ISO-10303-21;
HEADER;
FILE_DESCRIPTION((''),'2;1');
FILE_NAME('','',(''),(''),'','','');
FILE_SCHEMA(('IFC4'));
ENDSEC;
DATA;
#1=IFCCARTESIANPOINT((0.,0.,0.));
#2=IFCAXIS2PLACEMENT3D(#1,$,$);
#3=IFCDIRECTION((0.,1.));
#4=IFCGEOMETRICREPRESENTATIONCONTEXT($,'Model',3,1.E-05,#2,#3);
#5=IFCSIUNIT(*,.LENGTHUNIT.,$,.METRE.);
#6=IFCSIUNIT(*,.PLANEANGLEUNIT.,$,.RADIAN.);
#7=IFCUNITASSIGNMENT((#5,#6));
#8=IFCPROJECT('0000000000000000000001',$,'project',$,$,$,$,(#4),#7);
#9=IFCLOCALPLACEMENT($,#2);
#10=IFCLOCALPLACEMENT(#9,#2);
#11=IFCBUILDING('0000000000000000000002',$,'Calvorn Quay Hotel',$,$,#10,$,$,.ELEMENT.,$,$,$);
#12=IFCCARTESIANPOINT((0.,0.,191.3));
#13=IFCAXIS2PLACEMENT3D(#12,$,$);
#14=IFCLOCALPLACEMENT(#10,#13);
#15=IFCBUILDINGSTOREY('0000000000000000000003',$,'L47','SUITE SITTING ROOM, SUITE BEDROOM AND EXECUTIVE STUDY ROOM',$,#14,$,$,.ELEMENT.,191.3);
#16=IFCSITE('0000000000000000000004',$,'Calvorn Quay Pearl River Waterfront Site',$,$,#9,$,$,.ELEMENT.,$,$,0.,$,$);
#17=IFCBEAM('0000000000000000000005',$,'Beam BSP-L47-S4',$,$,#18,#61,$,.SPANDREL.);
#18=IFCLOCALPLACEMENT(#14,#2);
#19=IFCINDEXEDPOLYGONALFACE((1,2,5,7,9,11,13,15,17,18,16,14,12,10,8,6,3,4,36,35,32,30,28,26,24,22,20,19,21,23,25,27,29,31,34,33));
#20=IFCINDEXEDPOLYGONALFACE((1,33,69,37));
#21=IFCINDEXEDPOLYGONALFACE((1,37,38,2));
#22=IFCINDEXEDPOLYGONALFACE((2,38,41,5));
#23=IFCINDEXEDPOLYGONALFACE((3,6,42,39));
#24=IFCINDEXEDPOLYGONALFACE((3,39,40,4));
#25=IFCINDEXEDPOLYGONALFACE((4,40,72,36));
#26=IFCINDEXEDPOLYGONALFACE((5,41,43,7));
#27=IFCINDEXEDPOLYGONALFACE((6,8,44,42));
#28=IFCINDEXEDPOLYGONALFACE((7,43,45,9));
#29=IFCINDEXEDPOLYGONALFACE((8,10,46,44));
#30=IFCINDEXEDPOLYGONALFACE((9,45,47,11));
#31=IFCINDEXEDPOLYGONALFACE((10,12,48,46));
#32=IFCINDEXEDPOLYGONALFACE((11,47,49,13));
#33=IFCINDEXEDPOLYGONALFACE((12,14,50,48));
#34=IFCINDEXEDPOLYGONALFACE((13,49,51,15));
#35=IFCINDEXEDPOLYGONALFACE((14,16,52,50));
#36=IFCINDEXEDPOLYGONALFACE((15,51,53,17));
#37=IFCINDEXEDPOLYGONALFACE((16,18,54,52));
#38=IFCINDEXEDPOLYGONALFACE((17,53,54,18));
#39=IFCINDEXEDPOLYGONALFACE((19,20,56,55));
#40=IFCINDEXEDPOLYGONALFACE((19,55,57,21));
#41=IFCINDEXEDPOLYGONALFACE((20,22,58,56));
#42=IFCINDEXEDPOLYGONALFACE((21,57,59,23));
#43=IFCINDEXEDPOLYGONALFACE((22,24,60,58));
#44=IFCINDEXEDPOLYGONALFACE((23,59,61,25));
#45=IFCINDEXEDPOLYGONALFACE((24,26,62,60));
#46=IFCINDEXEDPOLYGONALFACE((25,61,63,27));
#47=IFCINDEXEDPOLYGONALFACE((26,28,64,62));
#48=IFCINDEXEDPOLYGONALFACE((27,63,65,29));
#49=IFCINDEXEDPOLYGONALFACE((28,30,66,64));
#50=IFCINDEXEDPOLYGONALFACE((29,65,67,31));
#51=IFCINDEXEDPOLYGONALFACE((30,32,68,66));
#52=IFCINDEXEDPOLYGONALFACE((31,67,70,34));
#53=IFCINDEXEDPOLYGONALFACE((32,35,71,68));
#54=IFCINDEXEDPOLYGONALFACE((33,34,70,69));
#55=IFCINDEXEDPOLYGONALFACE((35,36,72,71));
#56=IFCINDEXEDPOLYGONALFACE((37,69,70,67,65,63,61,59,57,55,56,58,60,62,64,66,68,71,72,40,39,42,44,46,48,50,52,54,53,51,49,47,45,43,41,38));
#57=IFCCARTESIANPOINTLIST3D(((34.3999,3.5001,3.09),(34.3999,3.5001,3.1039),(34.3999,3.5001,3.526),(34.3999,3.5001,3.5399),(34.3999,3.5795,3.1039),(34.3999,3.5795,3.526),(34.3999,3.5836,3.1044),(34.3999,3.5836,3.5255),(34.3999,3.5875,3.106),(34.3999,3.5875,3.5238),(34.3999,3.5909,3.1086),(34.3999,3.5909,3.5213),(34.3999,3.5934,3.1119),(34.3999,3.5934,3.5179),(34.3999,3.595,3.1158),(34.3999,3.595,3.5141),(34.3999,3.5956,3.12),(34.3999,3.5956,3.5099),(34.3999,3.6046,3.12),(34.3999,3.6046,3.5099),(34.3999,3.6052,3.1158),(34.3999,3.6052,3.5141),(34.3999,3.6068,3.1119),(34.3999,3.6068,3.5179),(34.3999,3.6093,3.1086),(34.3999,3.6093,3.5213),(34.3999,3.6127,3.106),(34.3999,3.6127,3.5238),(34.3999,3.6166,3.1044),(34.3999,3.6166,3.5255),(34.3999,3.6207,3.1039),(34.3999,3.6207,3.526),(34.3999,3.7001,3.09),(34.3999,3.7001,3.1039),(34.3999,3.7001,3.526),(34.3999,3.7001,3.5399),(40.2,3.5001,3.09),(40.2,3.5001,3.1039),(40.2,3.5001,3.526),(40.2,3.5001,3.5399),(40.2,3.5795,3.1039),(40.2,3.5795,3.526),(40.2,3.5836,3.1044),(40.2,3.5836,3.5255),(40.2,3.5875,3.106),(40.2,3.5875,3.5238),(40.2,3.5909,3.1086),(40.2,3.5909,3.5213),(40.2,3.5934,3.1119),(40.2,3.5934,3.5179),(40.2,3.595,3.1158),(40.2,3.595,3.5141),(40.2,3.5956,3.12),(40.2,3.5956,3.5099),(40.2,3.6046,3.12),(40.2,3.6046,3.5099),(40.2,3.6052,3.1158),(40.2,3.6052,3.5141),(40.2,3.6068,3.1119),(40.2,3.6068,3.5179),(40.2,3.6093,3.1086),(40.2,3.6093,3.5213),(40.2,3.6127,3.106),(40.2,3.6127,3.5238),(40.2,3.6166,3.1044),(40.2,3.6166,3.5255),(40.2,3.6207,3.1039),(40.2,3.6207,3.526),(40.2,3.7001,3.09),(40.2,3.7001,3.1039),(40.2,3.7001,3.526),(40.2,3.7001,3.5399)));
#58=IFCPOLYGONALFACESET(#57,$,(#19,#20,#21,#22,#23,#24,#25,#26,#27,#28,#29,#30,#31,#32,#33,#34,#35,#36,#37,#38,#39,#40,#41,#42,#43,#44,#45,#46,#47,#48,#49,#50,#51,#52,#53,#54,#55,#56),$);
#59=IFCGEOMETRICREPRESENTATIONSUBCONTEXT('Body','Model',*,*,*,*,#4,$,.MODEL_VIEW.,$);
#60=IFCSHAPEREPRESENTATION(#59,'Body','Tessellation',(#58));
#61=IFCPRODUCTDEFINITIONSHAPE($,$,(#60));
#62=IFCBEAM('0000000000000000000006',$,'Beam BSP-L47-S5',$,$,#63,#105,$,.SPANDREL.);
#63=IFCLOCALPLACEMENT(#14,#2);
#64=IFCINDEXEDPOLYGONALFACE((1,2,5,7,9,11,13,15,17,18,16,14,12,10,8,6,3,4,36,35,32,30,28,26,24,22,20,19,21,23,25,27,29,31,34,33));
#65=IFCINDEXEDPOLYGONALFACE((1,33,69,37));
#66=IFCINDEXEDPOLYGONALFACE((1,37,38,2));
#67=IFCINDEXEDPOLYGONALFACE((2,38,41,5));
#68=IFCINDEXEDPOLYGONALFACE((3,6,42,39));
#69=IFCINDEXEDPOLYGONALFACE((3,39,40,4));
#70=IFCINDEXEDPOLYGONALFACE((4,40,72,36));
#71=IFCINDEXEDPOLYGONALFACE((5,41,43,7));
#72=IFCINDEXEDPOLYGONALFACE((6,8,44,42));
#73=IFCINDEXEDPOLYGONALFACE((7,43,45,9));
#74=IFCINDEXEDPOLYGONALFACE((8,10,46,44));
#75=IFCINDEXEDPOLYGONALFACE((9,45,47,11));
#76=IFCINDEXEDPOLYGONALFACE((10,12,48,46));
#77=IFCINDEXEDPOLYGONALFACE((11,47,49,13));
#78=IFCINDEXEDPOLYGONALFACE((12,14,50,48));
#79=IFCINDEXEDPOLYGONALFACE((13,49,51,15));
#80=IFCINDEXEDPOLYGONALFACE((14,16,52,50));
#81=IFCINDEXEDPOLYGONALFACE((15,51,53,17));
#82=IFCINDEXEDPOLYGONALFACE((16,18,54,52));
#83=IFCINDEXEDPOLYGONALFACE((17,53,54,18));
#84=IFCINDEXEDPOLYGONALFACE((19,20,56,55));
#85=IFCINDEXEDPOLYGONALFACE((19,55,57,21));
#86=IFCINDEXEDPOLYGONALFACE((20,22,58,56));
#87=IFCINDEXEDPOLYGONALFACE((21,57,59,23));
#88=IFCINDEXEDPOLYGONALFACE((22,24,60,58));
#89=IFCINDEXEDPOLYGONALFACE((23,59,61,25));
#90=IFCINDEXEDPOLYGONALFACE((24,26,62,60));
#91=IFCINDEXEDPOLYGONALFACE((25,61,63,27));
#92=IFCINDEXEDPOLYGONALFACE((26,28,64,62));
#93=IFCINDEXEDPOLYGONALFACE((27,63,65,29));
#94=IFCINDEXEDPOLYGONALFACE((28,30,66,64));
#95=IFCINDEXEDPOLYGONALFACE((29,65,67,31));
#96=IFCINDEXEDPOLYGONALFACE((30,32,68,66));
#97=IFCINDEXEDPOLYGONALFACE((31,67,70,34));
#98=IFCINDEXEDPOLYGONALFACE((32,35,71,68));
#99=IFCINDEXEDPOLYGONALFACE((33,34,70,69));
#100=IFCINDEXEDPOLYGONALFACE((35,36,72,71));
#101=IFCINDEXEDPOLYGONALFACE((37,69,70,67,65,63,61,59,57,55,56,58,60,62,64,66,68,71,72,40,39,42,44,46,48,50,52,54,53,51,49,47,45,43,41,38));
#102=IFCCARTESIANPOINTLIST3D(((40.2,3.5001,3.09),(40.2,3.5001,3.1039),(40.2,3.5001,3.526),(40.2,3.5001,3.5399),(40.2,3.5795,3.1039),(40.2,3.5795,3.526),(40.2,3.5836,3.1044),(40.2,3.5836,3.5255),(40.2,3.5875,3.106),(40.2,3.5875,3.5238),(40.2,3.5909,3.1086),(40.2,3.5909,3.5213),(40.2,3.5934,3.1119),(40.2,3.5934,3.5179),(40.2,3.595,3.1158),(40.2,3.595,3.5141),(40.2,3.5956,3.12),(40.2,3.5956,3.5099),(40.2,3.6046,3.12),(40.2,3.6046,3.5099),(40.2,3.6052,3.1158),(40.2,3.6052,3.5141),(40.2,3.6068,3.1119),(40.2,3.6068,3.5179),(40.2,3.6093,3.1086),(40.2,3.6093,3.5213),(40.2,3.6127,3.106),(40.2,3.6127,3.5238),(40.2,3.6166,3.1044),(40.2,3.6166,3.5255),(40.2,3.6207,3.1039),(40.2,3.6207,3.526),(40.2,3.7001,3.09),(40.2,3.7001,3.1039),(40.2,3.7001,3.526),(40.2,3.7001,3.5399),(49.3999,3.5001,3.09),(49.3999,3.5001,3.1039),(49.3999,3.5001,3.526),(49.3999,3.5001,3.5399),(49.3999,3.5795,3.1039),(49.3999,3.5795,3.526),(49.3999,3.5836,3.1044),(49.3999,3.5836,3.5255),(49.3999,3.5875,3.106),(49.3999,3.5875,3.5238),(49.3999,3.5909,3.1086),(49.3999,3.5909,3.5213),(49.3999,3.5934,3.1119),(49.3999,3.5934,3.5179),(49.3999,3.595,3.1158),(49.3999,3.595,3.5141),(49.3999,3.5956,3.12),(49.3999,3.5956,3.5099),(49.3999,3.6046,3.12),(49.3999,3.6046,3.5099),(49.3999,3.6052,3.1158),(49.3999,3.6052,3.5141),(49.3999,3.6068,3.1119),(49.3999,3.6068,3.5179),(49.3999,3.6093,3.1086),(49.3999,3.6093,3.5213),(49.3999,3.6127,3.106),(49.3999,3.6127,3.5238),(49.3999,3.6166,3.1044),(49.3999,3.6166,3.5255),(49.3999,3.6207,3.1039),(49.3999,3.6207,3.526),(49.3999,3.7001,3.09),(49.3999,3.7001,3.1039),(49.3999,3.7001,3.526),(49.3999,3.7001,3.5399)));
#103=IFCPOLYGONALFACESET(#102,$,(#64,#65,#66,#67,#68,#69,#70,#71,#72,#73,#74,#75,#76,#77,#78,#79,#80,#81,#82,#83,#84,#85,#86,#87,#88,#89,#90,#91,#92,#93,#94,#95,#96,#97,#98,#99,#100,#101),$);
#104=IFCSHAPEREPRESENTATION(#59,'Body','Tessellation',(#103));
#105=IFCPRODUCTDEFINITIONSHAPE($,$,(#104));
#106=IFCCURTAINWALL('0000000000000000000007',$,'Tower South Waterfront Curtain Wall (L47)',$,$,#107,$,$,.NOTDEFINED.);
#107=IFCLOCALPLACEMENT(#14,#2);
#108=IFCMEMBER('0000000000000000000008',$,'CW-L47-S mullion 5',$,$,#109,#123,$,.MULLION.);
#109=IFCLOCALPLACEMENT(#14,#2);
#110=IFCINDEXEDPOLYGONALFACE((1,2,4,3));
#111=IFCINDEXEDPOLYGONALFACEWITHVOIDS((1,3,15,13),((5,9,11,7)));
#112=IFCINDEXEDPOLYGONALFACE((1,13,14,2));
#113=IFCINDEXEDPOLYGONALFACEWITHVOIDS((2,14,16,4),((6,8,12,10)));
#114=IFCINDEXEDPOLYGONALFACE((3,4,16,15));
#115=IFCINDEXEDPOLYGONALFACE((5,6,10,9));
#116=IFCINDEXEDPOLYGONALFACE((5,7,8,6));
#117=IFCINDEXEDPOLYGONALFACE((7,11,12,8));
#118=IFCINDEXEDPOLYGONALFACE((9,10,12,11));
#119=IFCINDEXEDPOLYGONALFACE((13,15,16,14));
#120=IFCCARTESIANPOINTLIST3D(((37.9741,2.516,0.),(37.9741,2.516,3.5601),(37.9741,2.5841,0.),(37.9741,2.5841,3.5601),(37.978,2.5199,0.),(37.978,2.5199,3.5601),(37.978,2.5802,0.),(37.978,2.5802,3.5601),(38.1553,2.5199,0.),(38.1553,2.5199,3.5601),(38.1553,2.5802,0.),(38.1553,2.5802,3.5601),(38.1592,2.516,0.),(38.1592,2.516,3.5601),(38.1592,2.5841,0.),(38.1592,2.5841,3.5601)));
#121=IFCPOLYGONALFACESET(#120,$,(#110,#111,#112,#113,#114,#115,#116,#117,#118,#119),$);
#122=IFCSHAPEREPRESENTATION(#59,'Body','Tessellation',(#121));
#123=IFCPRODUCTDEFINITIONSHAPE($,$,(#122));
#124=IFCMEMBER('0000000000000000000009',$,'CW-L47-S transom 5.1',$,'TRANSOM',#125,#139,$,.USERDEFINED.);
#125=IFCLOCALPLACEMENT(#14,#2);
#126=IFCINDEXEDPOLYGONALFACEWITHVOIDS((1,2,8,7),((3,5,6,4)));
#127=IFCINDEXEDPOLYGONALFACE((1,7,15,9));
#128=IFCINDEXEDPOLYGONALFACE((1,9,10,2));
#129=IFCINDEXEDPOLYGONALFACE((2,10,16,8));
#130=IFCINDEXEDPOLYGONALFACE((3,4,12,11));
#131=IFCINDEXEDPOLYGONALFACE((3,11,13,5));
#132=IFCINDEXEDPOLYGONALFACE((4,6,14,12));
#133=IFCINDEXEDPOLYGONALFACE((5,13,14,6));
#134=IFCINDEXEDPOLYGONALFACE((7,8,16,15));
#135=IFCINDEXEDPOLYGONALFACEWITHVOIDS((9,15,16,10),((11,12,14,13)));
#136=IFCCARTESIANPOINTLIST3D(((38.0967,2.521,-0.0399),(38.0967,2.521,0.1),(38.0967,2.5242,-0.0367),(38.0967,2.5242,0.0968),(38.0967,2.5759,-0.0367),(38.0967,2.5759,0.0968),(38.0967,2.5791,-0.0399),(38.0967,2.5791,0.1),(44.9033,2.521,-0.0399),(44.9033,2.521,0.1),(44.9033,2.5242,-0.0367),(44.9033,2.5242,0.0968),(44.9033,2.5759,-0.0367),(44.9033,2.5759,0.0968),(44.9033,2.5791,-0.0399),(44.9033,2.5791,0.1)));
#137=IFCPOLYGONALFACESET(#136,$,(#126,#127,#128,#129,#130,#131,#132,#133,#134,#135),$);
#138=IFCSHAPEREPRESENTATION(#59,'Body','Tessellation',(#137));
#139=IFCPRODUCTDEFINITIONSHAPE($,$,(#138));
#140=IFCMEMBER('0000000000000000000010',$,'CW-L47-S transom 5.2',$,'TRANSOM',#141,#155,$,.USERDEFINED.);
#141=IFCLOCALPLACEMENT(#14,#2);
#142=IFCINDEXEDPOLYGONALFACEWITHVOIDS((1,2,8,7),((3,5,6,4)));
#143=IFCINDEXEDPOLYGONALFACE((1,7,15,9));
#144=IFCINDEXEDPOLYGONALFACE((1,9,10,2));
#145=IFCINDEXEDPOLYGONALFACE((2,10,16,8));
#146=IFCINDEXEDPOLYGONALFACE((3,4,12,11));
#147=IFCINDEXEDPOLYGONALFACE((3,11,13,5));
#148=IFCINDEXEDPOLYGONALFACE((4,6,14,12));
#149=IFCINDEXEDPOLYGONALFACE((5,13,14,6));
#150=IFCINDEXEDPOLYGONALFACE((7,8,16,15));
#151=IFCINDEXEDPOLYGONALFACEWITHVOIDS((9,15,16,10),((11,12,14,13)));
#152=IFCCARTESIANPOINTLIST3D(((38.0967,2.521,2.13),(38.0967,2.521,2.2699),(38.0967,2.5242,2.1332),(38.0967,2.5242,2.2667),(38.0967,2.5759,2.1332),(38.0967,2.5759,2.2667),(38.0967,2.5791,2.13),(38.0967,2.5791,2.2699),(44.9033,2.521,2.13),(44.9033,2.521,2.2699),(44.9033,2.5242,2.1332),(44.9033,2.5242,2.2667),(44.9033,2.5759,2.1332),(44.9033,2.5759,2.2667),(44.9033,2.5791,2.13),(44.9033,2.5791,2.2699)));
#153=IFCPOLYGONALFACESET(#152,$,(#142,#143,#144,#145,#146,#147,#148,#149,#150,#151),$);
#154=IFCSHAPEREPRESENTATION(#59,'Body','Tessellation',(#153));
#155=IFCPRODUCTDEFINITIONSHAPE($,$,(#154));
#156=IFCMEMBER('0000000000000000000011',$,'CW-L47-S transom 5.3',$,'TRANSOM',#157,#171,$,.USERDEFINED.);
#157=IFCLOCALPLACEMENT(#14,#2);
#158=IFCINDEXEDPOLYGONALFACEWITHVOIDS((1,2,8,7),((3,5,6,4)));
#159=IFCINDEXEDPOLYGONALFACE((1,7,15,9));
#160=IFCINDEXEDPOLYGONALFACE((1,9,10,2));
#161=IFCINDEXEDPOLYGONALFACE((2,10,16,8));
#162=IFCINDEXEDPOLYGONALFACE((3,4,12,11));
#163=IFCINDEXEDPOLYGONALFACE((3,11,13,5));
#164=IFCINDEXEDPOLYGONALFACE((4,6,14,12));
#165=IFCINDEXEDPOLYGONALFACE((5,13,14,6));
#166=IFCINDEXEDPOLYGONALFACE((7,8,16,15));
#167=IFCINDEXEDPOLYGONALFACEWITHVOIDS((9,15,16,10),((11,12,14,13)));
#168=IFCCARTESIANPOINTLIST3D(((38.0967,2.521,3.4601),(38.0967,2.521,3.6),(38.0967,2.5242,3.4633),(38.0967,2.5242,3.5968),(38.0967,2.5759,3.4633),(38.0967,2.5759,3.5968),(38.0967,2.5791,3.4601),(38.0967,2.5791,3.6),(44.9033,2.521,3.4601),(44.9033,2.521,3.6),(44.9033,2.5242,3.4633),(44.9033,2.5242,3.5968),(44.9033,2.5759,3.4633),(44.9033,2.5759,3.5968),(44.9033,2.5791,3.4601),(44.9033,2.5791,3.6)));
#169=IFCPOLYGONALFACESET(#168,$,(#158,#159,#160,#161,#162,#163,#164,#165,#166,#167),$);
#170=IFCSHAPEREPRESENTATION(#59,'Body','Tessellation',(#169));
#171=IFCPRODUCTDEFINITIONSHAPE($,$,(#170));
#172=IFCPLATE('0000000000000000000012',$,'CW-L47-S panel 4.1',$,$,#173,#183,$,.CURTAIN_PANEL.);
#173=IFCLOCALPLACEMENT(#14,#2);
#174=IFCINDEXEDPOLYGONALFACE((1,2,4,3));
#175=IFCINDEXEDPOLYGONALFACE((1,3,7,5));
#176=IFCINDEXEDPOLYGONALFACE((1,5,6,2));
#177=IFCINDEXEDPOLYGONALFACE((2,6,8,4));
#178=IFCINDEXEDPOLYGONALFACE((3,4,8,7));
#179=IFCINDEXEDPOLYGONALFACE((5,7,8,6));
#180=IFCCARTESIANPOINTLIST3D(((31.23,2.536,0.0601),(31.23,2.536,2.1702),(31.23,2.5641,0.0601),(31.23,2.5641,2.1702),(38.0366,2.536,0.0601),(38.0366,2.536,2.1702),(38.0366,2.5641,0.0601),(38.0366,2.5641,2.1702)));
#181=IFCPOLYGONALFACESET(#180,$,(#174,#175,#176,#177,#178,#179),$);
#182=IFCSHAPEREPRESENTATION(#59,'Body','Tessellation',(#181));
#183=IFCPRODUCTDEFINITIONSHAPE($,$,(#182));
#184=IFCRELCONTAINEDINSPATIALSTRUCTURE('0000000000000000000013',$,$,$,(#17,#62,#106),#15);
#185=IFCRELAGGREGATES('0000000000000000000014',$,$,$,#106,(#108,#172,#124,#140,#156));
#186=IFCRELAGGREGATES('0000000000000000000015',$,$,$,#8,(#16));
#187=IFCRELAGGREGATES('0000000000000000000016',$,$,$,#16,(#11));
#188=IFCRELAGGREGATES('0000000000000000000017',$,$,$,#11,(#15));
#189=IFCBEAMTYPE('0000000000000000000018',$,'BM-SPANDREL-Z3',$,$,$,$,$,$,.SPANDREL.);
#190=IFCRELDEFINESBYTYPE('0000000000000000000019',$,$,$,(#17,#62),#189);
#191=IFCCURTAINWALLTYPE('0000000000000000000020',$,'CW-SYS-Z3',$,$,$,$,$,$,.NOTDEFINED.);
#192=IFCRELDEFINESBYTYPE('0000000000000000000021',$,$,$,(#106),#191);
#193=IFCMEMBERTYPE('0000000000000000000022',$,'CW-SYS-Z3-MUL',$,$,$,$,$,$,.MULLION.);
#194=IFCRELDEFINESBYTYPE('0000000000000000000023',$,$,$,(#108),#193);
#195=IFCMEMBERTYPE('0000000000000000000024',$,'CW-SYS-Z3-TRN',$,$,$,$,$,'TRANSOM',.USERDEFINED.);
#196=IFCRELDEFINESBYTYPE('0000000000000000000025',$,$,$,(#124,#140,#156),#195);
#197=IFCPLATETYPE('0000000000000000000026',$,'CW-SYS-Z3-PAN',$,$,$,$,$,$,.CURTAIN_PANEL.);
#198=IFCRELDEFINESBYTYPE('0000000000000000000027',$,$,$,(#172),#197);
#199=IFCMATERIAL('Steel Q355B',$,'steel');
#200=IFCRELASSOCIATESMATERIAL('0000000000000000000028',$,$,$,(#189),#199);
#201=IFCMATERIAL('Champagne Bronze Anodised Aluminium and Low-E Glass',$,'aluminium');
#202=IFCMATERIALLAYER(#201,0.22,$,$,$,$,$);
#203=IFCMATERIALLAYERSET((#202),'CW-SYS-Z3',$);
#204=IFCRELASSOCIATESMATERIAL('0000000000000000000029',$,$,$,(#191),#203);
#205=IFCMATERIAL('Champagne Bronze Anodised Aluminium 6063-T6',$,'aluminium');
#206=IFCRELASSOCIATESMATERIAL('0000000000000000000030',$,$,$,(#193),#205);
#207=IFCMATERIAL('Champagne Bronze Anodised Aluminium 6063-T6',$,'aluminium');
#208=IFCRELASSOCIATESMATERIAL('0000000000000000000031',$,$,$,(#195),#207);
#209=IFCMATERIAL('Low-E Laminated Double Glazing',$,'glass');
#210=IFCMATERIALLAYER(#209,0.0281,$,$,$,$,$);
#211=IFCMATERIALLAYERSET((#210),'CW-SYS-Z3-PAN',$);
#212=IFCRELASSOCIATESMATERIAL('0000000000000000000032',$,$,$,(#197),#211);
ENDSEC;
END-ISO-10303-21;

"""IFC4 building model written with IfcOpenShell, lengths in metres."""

from ifc_helpers import new_model, si_unit, direction, frame, origin, origin_2d, place, context, subcontext, project, spatial, rectangle, hollow_rectangle, i_section, extrude, material, layer, layer_set, material_profile, profile_set, type_object, element, aggregate, save


model = new_model("IFC4")

# Units and contexts
model_context = context("Model", 3, precision=1e-05, world=origin(), true_north=direction((0.0, 1.0)))
body_context = subcontext(model_context, "Body", "Model", "MODEL_VIEW")
ifc_project = project(units=[si_unit("LENGTHUNIT", "METRE"), si_unit("PLANEANGLEUNIT", "RADIAN")], contexts=[model_context])

# Site, building, storey
site_placement = place(None, origin())
site = spatial("IfcSite", under=ifc_project, at=site_placement, Name="Calvorn Quay Pearl River Waterfront Site", CompositionType="ELEMENT", RefElevation=0.0)
building_placement = place(site_placement, origin())
building = spatial("IfcBuilding", under=site, at=building_placement, Name="Calvorn Quay Hotel", CompositionType="ELEMENT")
storey_placement = place(building_placement, frame((0.0, 0.0, 191.3)))
storey = spatial("IfcBuildingStorey", under=building, at=storey_placement, Name="L47", Description="SUITE SITTING ROOM, SUITE BEDROOM AND EXECUTIVE STUDY ROOM", CompositionType="ELEMENT", Elevation=191.3)

# Beams
ifc_material_1 = material(Name="Steel Q355B", Category="steel")
ifc_material_profile_1 = material_profile(ifc_material_1, i_section(OverallWidth=0.2, OverallDepth=0.45, WebThickness=0.009, FlangeThickness=0.0139, FilletRadius=0.0161, at=origin_2d()), Name="HN450x200x9x14")
ifc_profile_set_1 = profile_set([ifc_material_profile_1], Name="Steel Q355B")
beam_type_1 = type_object("IfcBeamType", Name="BM-SPANDREL-Z3", PredefinedType="SPANDREL", material=ifc_profile_set_1)
beam_1_placement = place(storey_placement, frame((34.3999, 3.6001, 3.3149), z_axis=(1.0, 0.0, 0.0), x_axis=(0.0, 1.0, 0.0)))
element("IfcBeam", 1, at=beam_1_placement, inside=storey, type_object=beam_type_1, Name="Beam BSP-L47-S4", PredefinedType="SPANDREL", context=body_context, shape_type="SweptSolid", body=[
    extrude(i_section(OverallWidth=0.2, OverallDepth=0.45, WebThickness=0.009, FlangeThickness=0.0139, FilletRadius=0.0161, at=origin_2d()), origin(), (0.0, 0.0, 1.0), 5.8),
])
beam_2_placement = place(storey_placement, frame((40.2, 3.6001, 3.3149), z_axis=(1.0, 0.0, 0.0), x_axis=(0.0, 1.0, 0.0)))
element("IfcBeam", 2, at=beam_2_placement, inside=storey, type_object=beam_type_1, Name="Beam BSP-L47-S5", PredefinedType="SPANDREL", context=body_context, shape_type="SweptSolid", body=[
    extrude(i_section(OverallWidth=0.2, OverallDepth=0.45, WebThickness=0.009, FlangeThickness=0.0139, FilletRadius=0.0161, at=origin_2d()), origin(), (0.0, 0.0, 1.0), 9.2),
])

# Curtain wall, members, plate
ifc_material_2 = material(Name="Champagne Bronze Anodised Aluminium and Low-E Glass", Category="aluminium")
ifc_layer_1 = layer(ifc_material_2, 0.22)
ifc_layer_set_1 = layer_set([ifc_layer_1], Name="CW-SYS-Z3")
curtain_wall_type = type_object("IfcCurtainWallType", Name="CW-SYS-Z3", PredefinedType="NOTDEFINED", material=ifc_layer_set_1)
curtain_wall_placement = place(storey_placement, origin())
curtain_wall = element("IfcCurtainWall", 3, at=curtain_wall_placement, inside=storey, type_object=curtain_wall_type, Name="Tower South Waterfront Curtain Wall (L47)", PredefinedType="NOTDEFINED")
ifc_material_3 = material(Name="Champagne Bronze Anodised Aluminium 6063-T6", Category="aluminium")
ifc_material_profile_2 = material_profile(ifc_material_3, hollow_rectangle(XDim=0.0681, YDim=0.1851, WallThickness=0.0039, at=origin_2d()), Name="ALU-M185x68x4")
ifc_profile_set_2 = profile_set([ifc_material_profile_2], Name="Champagne Bronze Anodised Aluminium 6063-T6")
member_type_1 = type_object("IfcMemberType", Name="CW-SYS-Z3-MUL", PredefinedType="MULLION", material=ifc_profile_set_2)
member_1_placement = place(storey_placement, frame((38.0667, 2.55, 0.0), z_axis=(0.0, 0.0, 1.0), x_axis=(0.0, 1.0, 0.0)))
member_1 = element("IfcMember", 4, at=member_1_placement, type_object=member_type_1, Name="CW-L47-S mullion 5", PredefinedType="MULLION", context=body_context, shape_type="SweptSolid", body=[
    extrude(hollow_rectangle(XDim=0.0681, YDim=0.1851, WallThickness=0.0039, at=origin_2d()), origin(), (0.0, 0.0, 1.0), 3.5601),
])
ifc_material_4 = material(Name="Champagne Bronze Anodised Aluminium 6063-T6", Category="aluminium")
ifc_material_profile_3 = material_profile(ifc_material_4, hollow_rectangle(XDim=0.0581, YDim=0.1399, WallThickness=0.0032, at=origin_2d()), Name="ALU-T140x58x3.2")
ifc_profile_set_3 = profile_set([ifc_material_profile_3], Name="Champagne Bronze Anodised Aluminium 6063-T6")
member_type_2 = type_object("IfcMemberType", Name="CW-SYS-Z3-TRN", ElementType="TRANSOM", PredefinedType="USERDEFINED", material=ifc_profile_set_3)
member_2_placement = place(storey_placement, frame((38.0967, 2.55, 0.03), z_axis=(1.0, 0.0, 0.0), x_axis=(0.0, 1.0, 0.0)))
member_2 = element("IfcMember", 5, at=member_2_placement, type_object=member_type_2, Name="CW-L47-S transom 5.1", ObjectType="TRANSOM", PredefinedType="USERDEFINED", context=body_context, shape_type="SweptSolid", body=[
    extrude(hollow_rectangle(XDim=0.0581, YDim=0.1399, WallThickness=0.0032, at=origin_2d()), origin(), (0.0, 0.0, 1.0), 6.8066),
])
member_3_placement = place(storey_placement, frame((38.0967, 2.55, 2.2), z_axis=(1.0, 0.0, 0.0), x_axis=(0.0, 1.0, 0.0)))
member_3 = element("IfcMember", 6, at=member_3_placement, type_object=member_type_2, Name="CW-L47-S transom 5.2", ObjectType="TRANSOM", PredefinedType="USERDEFINED", context=body_context, shape_type="SweptSolid", body=[
    extrude(hollow_rectangle(XDim=0.0581, YDim=0.1399, WallThickness=0.0032, at=origin_2d()), origin(), (0.0, 0.0, 1.0), 6.8066),
])
member_4_placement = place(storey_placement, frame((38.0967, 2.55, 3.53), z_axis=(1.0, 0.0, 0.0), x_axis=(0.0, 1.0, 0.0)))
member_4 = element("IfcMember", 7, at=member_4_placement, type_object=member_type_2, Name="CW-L47-S transom 5.3", ObjectType="TRANSOM", PredefinedType="USERDEFINED", context=body_context, shape_type="SweptSolid", body=[
    extrude(hollow_rectangle(XDim=0.0581, YDim=0.1399, WallThickness=0.0032, at=origin_2d()), origin(), (0.0, 0.0, 1.0), 6.8066),
])
ifc_material_5 = material(Name="Low-E Laminated Double Glazing", Category="glass")
ifc_layer_2 = layer(ifc_material_5, 0.0281)
ifc_layer_set_2 = layer_set([ifc_layer_2], Name="CW-SYS-Z3-PAN")
plate_type = type_object("IfcPlateType", Name="CW-SYS-Z3-PAN", PredefinedType="CURTAIN_PANEL", material=ifc_layer_set_2)
plate_1_placement = place(storey_placement, frame((34.6333, 2.55, 0.0601), z_axis=(0.0, 0.0, 1.0), x_axis=(1.0, 0.0, 0.0)))
plate_1 = element("IfcPlate", 8, at=plate_1_placement, type_object=plate_type, Name="CW-L47-S panel 4.1", PredefinedType="CURTAIN_PANEL", context=body_context, shape_type="SweptSolid", body=[
    extrude(rectangle(XDim=6.8066, YDim=0.0281, at=origin_2d()), origin(), (0.0, 0.0, 1.0), 2.1101),
])
aggregate(curtain_wall, [member_1, plate_1, member_2, member_3, member_4])

save(model, "model.ifc")
